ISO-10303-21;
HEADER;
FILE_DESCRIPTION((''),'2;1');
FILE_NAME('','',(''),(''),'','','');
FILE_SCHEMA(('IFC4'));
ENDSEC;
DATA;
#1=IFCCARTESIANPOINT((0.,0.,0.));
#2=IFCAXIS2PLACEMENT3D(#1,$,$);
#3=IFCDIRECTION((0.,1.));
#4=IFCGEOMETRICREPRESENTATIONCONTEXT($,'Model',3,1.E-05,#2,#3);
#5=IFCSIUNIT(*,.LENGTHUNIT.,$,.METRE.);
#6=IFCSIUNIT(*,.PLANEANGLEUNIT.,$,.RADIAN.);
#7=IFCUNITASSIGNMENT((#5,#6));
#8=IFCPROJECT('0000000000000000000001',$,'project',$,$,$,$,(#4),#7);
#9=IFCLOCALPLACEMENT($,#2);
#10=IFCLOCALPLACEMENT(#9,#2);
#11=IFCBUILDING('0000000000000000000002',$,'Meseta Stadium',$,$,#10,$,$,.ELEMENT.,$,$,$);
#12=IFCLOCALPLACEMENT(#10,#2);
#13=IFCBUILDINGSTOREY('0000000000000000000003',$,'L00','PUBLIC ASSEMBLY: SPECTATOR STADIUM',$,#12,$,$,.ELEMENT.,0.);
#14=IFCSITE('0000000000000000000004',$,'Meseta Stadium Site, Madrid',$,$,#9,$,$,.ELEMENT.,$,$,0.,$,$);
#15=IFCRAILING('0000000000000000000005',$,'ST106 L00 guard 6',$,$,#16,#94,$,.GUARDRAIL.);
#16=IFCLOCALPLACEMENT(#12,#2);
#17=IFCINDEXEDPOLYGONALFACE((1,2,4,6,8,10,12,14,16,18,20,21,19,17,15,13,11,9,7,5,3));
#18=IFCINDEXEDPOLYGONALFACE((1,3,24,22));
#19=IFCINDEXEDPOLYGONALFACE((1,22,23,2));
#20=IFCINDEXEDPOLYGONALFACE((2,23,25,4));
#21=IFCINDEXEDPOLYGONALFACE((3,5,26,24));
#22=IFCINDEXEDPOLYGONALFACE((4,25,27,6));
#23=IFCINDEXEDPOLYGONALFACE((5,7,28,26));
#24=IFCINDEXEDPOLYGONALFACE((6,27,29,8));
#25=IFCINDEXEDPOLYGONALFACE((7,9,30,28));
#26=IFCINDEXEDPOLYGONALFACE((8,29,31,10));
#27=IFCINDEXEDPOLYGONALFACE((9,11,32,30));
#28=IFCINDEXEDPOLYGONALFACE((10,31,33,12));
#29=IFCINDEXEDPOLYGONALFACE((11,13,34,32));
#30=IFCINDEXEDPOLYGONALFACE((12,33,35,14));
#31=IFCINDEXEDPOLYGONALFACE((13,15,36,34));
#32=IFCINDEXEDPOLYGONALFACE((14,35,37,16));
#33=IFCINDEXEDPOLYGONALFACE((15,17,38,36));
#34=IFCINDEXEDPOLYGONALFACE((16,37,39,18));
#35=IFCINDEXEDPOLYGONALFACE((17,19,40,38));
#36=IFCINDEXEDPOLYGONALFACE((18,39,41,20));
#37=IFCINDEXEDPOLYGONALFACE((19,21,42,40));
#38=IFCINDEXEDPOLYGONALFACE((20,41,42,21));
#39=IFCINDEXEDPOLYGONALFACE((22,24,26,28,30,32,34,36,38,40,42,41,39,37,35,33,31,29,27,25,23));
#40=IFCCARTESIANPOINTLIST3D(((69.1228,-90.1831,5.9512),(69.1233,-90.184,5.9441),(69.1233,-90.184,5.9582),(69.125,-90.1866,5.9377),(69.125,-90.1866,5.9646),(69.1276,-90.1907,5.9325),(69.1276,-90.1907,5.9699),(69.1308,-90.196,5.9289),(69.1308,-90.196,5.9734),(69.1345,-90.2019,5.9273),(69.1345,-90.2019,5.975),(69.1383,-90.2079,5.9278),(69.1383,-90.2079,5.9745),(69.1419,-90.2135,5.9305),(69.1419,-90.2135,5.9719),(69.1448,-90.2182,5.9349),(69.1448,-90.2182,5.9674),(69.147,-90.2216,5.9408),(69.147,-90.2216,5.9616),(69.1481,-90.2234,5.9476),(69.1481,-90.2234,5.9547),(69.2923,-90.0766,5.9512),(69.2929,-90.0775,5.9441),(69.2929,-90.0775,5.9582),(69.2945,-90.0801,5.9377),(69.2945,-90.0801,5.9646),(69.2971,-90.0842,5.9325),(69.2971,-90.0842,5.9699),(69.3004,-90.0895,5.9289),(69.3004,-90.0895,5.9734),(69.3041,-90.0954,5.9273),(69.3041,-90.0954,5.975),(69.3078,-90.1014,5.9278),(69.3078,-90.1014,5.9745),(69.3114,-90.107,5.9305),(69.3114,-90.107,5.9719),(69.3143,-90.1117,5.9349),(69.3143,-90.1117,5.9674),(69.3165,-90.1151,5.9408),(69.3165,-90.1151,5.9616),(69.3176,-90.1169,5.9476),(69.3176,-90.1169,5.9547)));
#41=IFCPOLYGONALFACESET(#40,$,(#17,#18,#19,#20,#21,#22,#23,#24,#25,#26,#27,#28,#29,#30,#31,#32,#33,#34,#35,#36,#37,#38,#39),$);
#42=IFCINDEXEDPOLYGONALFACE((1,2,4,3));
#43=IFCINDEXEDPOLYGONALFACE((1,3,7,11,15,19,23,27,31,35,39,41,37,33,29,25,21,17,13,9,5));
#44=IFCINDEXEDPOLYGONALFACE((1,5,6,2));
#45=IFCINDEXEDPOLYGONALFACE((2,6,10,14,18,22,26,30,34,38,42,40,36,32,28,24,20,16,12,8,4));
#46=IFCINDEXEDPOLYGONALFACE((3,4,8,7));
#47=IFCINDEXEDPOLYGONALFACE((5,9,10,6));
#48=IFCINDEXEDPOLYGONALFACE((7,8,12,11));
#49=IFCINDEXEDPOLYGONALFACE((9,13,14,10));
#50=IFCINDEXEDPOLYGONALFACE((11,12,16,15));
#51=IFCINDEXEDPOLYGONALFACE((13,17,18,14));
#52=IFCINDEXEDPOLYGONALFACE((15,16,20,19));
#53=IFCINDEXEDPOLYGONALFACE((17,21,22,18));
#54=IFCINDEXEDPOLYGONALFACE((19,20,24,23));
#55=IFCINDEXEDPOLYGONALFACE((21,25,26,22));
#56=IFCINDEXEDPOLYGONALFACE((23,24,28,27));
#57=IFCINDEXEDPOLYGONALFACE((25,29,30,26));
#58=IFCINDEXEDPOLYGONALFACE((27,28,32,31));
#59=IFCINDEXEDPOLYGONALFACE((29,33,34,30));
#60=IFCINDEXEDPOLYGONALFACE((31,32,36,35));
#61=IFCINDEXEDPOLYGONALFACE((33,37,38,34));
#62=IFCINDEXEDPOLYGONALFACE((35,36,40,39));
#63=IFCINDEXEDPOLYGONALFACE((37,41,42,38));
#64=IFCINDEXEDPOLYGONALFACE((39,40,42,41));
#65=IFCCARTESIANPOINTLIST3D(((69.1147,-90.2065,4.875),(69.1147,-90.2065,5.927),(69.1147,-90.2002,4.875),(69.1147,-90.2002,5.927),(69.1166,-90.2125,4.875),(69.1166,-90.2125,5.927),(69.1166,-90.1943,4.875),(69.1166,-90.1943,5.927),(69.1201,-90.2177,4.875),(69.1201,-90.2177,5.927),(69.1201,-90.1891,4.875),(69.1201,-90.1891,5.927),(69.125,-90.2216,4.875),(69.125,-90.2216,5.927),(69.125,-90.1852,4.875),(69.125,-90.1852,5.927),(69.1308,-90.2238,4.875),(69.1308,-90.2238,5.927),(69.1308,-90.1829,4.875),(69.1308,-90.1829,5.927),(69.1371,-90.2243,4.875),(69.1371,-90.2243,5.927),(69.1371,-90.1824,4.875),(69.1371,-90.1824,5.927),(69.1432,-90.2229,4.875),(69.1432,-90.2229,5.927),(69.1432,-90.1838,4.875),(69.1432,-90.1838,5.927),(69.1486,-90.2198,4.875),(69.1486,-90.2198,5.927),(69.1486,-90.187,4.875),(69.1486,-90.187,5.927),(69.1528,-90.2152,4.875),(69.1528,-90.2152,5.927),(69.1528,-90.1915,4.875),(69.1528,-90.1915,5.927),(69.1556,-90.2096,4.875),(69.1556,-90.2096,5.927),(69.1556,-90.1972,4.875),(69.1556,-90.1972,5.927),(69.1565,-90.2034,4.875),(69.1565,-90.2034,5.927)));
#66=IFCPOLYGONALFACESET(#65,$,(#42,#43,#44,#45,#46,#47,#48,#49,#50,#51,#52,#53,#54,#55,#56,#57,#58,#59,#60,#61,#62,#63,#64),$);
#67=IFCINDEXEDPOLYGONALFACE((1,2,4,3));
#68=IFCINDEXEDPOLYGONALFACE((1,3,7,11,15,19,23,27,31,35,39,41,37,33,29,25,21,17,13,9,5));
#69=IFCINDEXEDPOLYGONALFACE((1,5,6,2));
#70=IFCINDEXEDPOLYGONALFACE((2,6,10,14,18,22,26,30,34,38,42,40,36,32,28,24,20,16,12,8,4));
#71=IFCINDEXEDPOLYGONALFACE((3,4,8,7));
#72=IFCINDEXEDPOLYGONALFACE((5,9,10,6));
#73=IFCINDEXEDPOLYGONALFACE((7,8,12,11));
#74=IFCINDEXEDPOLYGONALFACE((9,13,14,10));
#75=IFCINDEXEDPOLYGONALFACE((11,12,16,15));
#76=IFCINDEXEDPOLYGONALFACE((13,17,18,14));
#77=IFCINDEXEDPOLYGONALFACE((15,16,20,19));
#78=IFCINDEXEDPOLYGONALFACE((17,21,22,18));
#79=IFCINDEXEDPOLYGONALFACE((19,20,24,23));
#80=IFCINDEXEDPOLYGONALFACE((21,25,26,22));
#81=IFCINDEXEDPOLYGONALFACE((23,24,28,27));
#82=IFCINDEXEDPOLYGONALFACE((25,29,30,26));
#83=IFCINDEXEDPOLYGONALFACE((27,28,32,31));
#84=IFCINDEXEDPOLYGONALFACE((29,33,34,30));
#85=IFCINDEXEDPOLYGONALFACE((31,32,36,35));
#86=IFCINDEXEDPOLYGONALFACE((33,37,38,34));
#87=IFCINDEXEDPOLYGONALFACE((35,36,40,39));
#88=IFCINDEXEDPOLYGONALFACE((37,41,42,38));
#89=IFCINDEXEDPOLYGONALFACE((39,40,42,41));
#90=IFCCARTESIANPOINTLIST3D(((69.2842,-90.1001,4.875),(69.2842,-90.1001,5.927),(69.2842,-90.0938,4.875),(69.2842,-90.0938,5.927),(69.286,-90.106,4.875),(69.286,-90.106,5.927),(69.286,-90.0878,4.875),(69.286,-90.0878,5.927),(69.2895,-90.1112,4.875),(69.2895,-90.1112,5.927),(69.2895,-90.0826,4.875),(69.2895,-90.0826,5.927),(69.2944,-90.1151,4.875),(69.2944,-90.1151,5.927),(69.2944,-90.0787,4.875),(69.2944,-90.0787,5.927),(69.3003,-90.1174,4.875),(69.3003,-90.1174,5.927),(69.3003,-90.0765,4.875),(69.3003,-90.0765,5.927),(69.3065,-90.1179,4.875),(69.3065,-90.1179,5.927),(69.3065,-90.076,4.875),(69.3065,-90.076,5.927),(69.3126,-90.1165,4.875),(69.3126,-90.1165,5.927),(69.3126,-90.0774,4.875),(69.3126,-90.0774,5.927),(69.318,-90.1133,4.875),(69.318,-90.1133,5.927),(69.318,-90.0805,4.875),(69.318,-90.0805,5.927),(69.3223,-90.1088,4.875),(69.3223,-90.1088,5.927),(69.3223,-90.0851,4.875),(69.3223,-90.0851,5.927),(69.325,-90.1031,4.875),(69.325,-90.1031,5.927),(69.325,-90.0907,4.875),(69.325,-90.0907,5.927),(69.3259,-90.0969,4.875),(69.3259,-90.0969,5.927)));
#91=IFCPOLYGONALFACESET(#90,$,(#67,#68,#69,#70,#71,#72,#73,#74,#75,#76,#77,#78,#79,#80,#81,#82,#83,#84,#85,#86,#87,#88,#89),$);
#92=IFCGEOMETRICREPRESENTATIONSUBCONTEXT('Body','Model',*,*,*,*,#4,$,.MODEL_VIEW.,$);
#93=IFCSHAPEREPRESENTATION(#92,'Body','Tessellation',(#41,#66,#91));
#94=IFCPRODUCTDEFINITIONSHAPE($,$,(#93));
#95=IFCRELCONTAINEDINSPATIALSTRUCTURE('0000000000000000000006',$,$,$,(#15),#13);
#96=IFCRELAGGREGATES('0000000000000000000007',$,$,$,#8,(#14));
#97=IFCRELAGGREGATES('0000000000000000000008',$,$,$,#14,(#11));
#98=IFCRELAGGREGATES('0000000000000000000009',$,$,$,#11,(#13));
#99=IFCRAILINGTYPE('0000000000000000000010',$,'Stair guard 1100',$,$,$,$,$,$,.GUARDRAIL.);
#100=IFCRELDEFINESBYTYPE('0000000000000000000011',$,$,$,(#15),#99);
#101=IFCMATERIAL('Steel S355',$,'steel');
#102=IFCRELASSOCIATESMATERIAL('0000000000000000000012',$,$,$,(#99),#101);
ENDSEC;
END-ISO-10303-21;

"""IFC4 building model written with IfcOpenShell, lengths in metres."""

from ifc_helpers import new_model, si_unit, direction, frame, origin, origin_2d, place, context, subcontext, project, spatial, circle, extrude, material, type_object, element, save


model = new_model("IFC4")

# Units and contexts
model_context = context("Model", 3, precision=1e-05, world=origin(), true_north=direction((0.0, 1.0)))
body_context = subcontext(model_context, "Body", "Model", "MODEL_VIEW")
ifc_project = project(units=[si_unit("LENGTHUNIT", "METRE"), si_unit("PLANEANGLEUNIT", "RADIAN")], contexts=[model_context])

# Site, building, storey
site_placement = place(None, origin())
site = spatial("IfcSite", under=ifc_project, at=site_placement, Name="Meseta Stadium Site, Madrid", CompositionType="ELEMENT", RefElevation=0.0)
building_placement = place(site_placement, origin())
building = spatial("IfcBuilding", under=site, at=building_placement, Name="Meseta Stadium", CompositionType="ELEMENT")
storey_placement = place(building_placement, origin())
storey = spatial("IfcBuildingStorey", under=building, at=storey_placement, Name="L00", Description="PUBLIC ASSEMBLY: SPECTATOR STADIUM", CompositionType="ELEMENT", Elevation=0.0)

# Railing
ifc_material_1 = material(Name="Steel S355", Category="steel")
railing_type_1 = type_object("IfcRailingType", Name="Stair guard 1100", PredefinedType="GUARDRAIL", material=ifc_material_1)
railing_1_placement = place(storey_placement, frame((69.1355, -90.2034, 4.875)))
element("IfcRailing", 1, at=railing_1_placement, inside=storey, type_object=railing_type_1, Name="ST106 L00 guard 6", PredefinedType="GUARDRAIL", context=body_context, shape_type="SweptSolid", body=[
    extrude(circle(Radius=0.0239, at=origin_2d()), frame((0.0, 0.0, 1.0762), z_axis=(0.846762, 0.531972, 0.0), x_axis=(-0.531972, 0.846762, 0.0)), (0.0, 0.0, 1.0), 0.2002),
    extrude(circle(Radius=0.021, at=origin_2d()), origin(), (0.0, 0.0, 1.0), 1.052),
    extrude(circle(Radius=0.021, at=origin_2d()), frame((0.1694, 0.1064, 0.0)), (0.0, 0.0, 1.0), 1.052),
])

save(model, "model.ifc")
